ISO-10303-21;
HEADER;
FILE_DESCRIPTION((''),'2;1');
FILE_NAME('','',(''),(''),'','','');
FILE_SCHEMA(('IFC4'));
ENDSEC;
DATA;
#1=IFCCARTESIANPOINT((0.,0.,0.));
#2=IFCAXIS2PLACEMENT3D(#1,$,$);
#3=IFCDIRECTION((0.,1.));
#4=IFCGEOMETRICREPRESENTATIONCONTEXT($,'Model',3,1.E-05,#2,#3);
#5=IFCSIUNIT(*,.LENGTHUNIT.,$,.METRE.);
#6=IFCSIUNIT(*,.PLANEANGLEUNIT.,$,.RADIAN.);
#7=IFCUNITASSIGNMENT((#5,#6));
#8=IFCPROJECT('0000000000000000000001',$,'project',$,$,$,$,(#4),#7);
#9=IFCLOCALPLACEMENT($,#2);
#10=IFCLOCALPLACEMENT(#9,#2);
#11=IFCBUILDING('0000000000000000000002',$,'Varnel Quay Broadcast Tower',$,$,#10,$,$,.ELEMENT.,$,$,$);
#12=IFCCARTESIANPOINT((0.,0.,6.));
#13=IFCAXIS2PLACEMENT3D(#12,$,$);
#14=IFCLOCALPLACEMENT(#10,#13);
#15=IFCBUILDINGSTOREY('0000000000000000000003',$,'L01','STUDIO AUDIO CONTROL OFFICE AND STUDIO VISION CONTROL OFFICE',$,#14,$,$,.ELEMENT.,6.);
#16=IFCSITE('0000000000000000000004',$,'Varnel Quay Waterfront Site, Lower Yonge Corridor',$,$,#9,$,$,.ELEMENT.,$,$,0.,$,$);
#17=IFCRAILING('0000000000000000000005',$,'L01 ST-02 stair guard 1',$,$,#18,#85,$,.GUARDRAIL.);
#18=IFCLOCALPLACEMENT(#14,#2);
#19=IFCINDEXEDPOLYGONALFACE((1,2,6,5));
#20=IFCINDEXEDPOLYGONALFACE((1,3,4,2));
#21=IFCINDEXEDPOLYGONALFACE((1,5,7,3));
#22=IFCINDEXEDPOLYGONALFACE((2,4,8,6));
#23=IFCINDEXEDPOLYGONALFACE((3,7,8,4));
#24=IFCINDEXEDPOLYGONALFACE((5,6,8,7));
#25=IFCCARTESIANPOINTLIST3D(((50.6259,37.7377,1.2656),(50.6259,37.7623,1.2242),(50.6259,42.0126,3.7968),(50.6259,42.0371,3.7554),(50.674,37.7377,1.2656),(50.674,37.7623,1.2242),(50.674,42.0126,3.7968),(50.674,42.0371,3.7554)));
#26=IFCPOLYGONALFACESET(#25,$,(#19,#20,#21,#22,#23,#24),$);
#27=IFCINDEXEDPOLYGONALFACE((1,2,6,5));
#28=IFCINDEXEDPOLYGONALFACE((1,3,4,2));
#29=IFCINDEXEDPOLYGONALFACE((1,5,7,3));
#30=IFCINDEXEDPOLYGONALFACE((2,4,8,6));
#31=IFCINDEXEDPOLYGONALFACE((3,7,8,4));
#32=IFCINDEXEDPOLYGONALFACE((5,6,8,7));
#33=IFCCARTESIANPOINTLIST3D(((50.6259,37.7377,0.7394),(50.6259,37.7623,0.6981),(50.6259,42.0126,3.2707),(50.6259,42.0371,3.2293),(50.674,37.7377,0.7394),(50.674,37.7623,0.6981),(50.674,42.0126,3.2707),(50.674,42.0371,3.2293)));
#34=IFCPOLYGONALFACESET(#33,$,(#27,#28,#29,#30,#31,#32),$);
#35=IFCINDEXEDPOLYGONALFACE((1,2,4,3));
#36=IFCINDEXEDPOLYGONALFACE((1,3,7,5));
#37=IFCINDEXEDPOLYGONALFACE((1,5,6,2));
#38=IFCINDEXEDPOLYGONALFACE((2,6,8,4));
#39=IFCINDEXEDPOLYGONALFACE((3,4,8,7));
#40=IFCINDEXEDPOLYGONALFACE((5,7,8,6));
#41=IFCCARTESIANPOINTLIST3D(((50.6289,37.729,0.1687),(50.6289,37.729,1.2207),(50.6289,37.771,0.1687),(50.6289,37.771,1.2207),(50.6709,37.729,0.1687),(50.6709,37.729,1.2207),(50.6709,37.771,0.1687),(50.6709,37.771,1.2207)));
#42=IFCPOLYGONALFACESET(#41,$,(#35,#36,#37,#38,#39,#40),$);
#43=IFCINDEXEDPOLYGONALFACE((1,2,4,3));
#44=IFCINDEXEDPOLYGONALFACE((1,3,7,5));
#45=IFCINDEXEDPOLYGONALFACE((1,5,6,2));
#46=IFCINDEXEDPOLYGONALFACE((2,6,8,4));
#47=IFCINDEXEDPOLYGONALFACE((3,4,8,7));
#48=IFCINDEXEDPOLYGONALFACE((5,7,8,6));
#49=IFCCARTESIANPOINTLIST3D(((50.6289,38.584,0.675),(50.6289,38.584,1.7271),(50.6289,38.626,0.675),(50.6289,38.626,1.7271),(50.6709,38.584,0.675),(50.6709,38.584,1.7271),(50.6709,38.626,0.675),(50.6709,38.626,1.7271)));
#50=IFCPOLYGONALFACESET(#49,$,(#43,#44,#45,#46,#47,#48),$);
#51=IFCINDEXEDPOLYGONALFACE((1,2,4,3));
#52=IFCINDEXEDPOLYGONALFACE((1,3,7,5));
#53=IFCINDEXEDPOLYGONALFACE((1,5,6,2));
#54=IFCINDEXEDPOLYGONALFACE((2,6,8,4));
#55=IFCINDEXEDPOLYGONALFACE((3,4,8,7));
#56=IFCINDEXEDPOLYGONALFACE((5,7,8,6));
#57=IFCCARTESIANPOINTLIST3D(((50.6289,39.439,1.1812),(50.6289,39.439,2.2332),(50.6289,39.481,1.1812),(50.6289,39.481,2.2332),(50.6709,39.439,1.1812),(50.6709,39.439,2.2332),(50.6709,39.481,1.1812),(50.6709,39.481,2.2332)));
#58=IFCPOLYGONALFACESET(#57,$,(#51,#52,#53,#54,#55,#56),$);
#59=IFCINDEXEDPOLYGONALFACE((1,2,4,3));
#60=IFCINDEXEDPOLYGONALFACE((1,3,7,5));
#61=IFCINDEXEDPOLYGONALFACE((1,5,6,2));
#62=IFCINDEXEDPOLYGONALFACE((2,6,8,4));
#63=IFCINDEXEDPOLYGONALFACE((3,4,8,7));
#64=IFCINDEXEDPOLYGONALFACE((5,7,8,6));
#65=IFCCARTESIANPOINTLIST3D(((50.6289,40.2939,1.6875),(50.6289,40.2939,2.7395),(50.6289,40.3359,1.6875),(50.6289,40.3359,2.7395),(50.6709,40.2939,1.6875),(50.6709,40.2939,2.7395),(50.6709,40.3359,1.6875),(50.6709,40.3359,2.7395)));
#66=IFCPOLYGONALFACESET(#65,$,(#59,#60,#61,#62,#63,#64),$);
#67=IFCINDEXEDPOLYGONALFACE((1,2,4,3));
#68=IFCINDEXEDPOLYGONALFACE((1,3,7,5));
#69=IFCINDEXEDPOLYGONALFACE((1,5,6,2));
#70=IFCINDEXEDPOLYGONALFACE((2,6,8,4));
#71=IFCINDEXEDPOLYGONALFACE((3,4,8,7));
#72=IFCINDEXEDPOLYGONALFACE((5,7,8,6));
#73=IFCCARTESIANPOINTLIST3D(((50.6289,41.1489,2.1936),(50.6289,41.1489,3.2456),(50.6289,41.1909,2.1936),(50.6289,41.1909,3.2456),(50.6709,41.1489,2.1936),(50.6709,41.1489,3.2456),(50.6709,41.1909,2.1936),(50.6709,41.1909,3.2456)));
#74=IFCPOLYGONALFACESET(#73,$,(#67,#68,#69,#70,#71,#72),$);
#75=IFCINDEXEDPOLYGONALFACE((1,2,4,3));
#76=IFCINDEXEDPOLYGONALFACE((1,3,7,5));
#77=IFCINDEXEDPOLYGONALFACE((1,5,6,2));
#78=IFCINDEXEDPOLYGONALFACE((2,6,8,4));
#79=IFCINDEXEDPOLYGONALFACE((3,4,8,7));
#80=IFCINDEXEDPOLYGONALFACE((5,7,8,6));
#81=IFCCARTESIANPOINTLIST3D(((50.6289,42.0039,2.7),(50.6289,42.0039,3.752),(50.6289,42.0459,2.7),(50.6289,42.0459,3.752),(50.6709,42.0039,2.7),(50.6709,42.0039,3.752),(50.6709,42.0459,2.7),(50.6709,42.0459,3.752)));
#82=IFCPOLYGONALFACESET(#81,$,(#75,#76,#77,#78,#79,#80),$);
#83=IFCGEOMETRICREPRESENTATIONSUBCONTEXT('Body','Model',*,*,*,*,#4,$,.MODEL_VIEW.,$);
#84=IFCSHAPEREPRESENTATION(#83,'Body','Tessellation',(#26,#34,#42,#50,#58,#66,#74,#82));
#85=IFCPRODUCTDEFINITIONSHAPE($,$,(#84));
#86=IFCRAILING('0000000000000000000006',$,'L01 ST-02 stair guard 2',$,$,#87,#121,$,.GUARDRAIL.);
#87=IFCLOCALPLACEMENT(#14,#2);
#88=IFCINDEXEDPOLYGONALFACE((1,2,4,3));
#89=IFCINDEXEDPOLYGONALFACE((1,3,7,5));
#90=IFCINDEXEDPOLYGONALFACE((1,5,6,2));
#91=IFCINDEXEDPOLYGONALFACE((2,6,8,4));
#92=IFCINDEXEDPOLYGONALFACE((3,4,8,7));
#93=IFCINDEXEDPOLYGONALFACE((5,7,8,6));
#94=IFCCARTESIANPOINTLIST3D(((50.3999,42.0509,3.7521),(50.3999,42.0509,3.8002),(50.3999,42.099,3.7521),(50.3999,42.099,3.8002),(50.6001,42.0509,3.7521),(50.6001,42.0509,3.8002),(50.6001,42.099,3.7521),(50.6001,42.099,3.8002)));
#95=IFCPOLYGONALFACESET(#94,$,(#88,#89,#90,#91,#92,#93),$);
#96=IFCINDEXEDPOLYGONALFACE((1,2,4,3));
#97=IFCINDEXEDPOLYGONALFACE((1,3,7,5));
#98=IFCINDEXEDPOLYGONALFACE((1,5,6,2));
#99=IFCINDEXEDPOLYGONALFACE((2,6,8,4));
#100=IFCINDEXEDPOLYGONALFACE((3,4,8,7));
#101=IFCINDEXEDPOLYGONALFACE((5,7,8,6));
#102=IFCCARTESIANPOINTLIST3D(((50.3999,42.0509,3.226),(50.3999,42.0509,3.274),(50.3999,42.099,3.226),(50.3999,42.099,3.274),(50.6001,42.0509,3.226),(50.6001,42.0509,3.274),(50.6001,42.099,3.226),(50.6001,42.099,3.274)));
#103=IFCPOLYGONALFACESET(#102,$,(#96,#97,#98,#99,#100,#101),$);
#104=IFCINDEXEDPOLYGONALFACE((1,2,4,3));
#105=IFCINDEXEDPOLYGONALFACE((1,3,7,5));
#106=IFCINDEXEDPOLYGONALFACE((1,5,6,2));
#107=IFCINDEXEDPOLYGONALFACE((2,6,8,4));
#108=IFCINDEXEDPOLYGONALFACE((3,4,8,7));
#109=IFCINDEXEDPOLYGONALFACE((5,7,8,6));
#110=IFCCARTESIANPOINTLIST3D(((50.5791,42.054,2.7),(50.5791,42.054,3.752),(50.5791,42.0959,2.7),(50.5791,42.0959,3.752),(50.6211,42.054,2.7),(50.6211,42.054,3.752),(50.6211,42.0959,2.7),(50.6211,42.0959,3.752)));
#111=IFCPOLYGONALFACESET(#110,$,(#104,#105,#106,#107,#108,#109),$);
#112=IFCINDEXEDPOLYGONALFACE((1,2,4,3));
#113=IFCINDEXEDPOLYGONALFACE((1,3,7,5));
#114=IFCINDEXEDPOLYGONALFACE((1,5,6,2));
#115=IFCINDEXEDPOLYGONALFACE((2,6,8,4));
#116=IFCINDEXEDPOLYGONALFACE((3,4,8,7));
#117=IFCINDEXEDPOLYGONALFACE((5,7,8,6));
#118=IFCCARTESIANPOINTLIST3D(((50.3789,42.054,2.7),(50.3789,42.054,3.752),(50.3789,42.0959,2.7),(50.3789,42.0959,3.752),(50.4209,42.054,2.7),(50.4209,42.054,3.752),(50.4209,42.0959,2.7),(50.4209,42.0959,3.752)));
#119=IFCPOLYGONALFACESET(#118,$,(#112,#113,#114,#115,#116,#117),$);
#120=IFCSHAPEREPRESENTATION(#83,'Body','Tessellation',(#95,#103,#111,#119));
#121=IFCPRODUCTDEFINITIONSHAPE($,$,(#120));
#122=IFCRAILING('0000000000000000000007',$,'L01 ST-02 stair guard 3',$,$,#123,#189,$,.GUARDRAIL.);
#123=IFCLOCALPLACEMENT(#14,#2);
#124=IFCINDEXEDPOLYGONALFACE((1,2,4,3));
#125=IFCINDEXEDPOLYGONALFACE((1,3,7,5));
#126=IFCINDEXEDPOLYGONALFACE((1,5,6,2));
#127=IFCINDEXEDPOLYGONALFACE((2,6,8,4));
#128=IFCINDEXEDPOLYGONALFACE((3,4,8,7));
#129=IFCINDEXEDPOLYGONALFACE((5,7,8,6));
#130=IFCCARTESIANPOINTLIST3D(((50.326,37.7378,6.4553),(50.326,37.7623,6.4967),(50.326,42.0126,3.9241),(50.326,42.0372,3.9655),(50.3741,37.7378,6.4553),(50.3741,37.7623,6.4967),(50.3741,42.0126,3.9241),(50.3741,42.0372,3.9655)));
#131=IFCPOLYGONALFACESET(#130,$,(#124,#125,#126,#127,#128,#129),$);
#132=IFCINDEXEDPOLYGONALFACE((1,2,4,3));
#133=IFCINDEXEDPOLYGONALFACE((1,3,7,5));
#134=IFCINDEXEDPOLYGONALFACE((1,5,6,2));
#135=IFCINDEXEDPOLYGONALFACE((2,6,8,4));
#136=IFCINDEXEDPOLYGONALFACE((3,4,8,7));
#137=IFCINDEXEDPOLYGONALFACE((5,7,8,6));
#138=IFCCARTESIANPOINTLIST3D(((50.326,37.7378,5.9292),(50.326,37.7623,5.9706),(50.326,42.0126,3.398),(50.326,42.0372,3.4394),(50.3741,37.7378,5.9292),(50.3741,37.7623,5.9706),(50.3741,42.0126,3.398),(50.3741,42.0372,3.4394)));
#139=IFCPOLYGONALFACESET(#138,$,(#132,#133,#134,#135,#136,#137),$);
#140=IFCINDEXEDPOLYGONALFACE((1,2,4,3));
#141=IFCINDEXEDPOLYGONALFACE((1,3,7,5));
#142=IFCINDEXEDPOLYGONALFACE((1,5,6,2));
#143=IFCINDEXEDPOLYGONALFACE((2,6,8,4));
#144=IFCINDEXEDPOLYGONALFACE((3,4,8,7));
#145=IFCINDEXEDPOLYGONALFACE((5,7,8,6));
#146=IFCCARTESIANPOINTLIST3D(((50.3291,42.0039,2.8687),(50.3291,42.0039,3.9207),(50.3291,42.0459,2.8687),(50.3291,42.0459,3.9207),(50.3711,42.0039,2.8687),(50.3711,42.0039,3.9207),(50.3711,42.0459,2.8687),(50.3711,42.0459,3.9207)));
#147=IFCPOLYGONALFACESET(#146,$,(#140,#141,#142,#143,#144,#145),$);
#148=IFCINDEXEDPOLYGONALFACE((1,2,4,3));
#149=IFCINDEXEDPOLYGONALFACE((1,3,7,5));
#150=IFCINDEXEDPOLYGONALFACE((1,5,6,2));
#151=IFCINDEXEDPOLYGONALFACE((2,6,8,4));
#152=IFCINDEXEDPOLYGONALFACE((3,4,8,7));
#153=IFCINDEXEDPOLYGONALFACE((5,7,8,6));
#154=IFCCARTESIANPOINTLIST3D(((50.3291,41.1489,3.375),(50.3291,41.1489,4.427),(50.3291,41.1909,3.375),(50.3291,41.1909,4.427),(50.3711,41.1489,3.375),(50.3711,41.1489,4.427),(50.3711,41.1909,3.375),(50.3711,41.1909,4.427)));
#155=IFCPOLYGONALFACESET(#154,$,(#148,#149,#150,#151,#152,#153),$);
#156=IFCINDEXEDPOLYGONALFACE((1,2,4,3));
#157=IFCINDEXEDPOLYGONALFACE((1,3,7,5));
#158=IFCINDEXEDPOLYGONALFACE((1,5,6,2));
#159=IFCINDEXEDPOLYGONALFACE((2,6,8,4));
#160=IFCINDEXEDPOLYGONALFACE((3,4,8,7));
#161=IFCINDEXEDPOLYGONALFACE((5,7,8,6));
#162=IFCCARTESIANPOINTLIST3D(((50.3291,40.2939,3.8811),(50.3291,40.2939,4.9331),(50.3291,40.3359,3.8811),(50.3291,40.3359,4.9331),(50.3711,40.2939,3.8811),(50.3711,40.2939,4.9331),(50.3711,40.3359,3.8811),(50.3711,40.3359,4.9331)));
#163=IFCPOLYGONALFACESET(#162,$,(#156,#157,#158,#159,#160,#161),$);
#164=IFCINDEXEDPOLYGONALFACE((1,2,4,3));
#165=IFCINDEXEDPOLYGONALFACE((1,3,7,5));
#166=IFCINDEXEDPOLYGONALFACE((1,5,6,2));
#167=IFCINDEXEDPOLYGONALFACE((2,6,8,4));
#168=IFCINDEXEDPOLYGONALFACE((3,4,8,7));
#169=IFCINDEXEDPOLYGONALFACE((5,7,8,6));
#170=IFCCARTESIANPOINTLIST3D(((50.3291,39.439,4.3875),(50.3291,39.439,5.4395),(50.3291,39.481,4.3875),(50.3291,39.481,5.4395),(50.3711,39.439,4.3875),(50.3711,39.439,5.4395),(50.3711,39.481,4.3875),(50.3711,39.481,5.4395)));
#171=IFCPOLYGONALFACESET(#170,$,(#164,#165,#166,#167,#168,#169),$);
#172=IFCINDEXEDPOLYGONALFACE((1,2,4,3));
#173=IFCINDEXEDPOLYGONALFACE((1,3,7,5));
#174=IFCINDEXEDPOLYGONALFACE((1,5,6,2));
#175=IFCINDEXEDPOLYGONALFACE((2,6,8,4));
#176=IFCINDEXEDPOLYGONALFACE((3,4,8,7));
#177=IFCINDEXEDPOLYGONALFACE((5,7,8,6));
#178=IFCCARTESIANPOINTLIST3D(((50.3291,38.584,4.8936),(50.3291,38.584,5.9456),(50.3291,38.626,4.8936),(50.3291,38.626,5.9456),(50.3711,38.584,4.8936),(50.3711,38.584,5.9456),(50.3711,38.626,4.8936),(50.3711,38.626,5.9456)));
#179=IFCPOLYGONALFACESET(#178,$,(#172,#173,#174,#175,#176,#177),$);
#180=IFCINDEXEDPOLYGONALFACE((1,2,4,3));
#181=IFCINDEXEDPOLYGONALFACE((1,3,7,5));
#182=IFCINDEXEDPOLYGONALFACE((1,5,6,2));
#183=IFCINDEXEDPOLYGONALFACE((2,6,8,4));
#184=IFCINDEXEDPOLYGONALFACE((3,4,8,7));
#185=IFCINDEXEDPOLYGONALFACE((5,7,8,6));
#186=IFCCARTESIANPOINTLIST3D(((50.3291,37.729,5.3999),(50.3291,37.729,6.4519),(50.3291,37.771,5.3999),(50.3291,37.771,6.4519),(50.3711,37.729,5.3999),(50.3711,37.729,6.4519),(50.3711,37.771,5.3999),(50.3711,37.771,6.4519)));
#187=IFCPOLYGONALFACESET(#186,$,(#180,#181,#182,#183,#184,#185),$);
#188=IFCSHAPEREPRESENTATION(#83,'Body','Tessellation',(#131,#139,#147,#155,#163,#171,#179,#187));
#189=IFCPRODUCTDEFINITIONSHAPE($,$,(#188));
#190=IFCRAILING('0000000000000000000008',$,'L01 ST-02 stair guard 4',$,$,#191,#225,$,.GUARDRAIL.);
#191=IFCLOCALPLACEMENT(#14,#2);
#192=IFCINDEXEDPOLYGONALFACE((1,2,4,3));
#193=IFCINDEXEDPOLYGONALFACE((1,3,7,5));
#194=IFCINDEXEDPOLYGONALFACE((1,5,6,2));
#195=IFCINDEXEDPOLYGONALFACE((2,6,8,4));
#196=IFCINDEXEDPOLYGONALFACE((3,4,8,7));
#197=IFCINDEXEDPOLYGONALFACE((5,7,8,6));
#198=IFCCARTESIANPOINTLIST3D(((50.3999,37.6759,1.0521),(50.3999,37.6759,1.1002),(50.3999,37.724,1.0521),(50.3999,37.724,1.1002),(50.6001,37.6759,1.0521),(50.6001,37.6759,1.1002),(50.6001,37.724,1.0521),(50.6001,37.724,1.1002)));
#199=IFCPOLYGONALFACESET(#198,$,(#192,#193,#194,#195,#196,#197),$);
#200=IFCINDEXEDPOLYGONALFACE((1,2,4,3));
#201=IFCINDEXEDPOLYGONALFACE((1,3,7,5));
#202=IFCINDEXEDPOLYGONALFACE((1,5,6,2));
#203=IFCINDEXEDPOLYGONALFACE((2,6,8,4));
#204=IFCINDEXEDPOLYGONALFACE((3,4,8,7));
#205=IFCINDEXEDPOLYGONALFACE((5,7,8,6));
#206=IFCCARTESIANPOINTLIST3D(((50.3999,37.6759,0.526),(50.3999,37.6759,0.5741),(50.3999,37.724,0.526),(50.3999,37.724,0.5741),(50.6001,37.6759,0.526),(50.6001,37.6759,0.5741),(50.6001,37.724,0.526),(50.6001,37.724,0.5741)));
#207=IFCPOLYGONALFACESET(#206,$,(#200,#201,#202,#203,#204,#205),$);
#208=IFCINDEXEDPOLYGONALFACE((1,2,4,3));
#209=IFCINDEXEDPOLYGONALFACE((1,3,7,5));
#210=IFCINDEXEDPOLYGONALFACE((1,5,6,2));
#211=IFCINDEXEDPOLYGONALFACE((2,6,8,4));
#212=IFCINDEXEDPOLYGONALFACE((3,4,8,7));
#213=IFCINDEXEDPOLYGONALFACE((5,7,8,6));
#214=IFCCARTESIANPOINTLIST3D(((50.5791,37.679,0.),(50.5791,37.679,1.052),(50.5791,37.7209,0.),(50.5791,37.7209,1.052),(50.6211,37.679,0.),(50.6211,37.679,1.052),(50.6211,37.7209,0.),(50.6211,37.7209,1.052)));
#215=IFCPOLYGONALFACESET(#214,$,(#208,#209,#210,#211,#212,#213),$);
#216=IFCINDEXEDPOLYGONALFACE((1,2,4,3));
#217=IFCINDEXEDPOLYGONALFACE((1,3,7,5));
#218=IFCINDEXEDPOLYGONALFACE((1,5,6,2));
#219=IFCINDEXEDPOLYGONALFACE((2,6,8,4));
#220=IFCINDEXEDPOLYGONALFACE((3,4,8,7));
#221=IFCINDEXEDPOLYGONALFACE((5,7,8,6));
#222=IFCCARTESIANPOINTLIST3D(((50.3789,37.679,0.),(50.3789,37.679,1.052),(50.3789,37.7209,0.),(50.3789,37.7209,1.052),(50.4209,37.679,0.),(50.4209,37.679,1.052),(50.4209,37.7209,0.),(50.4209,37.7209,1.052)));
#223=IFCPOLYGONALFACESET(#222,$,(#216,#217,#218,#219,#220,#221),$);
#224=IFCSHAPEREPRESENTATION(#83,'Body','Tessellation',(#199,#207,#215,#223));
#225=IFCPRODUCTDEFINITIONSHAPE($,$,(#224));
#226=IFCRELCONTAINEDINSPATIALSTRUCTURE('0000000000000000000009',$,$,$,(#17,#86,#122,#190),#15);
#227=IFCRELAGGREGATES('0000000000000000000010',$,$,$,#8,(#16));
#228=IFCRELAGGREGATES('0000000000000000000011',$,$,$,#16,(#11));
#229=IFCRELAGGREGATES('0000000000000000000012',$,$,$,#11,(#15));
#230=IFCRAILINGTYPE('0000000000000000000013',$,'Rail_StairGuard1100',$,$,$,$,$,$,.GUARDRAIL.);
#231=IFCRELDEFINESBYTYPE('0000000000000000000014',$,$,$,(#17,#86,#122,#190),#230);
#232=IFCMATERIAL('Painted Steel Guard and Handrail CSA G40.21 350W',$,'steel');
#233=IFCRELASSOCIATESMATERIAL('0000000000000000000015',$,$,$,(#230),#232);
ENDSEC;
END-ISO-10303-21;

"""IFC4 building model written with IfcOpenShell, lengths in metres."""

from ifc_helpers import new_model, si_unit, direction, frame, origin, origin_2d, place, context, subcontext, project, spatial, rectangle, extrude, material, type_object, element, save


model = new_model("IFC4")

# Units and contexts
model_context = context("Model", 3, precision=1e-05, world=origin(), true_north=direction((0.0, 1.0)))
body_context = subcontext(model_context, "Body", "Model", "MODEL_VIEW")
ifc_project = project(units=[si_unit("LENGTHUNIT", "METRE"), si_unit("PLANEANGLEUNIT", "RADIAN")], contexts=[model_context])

# Site, building, storey
site_placement = place(None, origin())
site = spatial("IfcSite", under=ifc_project, at=site_placement, Name="Varnel Quay Waterfront Site, Lower Yonge Corridor", CompositionType="ELEMENT", RefElevation=0.0)
building_placement = place(site_placement, origin())
building = spatial("IfcBuilding", under=site, at=building_placement, Name="Varnel Quay Broadcast Tower", CompositionType="ELEMENT")
storey_placement = place(building_placement, frame((0.0, 0.0, 6.0)))
storey = spatial("IfcBuildingStorey", under=building, at=storey_placement, Name="L01", Description="STUDIO AUDIO CONTROL OFFICE AND STUDIO VISION CONTROL OFFICE", CompositionType="ELEMENT", Elevation=6.0)

# Railings
ifc_material_1 = material(Name="Painted Steel Guard and Handrail CSA G40.21 350W", Category="steel")
railing_type_1 = type_object("IfcRailingType", Name="Rail_StairGuard1100", PredefinedType="GUARDRAIL", material=ifc_material_1)
railing_1_placement = place(storey_placement, frame((50.6499, 37.75, 0.1687)))
element("IfcRailing", 1, at=railing_1_placement, inside=storey, type_object=railing_type_1, Name="L01 ST-02 stair guard 1", PredefinedType="GUARDRAIL", context=body_context, shape_type="SweptSolid", body=[
    extrude(rectangle(XDim=0.0481, YDim=0.0481, at=origin_2d()), frame((0.0, 0.0, 1.0762), z_axis=(0.0, 0.86047, 0.509501), x_axis=(-1.0, 0.0, 0.0)), (0.0, 0.0, 1.0), 4.968),
    extrude(rectangle(XDim=0.0481, YDim=0.0481, at=origin_2d()), frame((0.0, 0.0, 0.55), z_axis=(0.0, 0.86047, 0.509501), x_axis=(-1.0, 0.0, 0.0)), (0.0, 0.0, 1.0), 4.968),
    extrude(rectangle(XDim=0.042, YDim=0.042, at=origin_2d()), origin(), (0.0, 0.0, 1.0), 1.052),
    extrude(rectangle(XDim=0.042, YDim=0.042, at=origin_2d()), frame((0.0, 0.855, 0.5063)), (0.0, 0.0, 1.0), 1.052),
    extrude(rectangle(XDim=0.042, YDim=0.042, at=origin_2d()), frame((0.0, 1.71, 1.0125)), (0.0, 0.0, 1.0), 1.052),
    extrude(rectangle(XDim=0.042, YDim=0.042, at=origin_2d()), frame((0.0, 2.5649, 1.5188)), (0.0, 0.0, 1.0), 1.052),
    extrude(rectangle(XDim=0.042, YDim=0.042, at=origin_2d()), frame((0.0, 3.4199, 2.0249)), (0.0, 0.0, 1.0), 1.052),
    extrude(rectangle(XDim=0.042, YDim=0.042, at=origin_2d()), frame((0.0, 4.2749, 2.5312)), (0.0, 0.0, 1.0), 1.052),
])
railing_2_placement = place(storey_placement, frame((50.6001, 42.075, 2.7)))
element("IfcRailing", 2, at=railing_2_placement, inside=storey, type_object=railing_type_1, Name="L01 ST-02 stair guard 2", PredefinedType="GUARDRAIL", context=body_context, shape_type="SweptSolid", body=[
    extrude(rectangle(XDim=0.0481, YDim=0.0481, at=origin_2d()), frame((0.0, 0.0, 1.0762), z_axis=(-1.0, 0.0, 0.0), x_axis=(0.0, -1.0, 0.0)), (0.0, 0.0, 1.0), 0.2002),
    extrude(rectangle(XDim=0.0481, YDim=0.0481, at=origin_2d()), frame((0.0, 0.0, 0.55), z_axis=(-1.0, 0.0, 0.0), x_axis=(0.0, -1.0, 0.0)), (0.0, 0.0, 1.0), 0.2002),
    extrude(rectangle(XDim=0.042, YDim=0.042, at=origin_2d()), origin(), (0.0, 0.0, 1.0), 1.052),
    extrude(rectangle(XDim=0.042, YDim=0.042, at=origin_2d()), frame((-0.2002, 0.0, 0.0)), (0.0, 0.0, 1.0), 1.052),
])
railing_3_placement = place(storey_placement, frame((50.3501, 42.0249, 2.8687)))
element("IfcRailing", 3, at=railing_3_placement, inside=storey, type_object=railing_type_1, Name="L01 ST-02 stair guard 3", PredefinedType="GUARDRAIL", context=body_context, shape_type="SweptSolid", body=[
    extrude(rectangle(XDim=0.0481, YDim=0.0481, at=origin_2d()), frame((0.0, 0.0, 1.0762), z_axis=(0.0, -0.86047, 0.509501), x_axis=(1.0, 0.0, 0.0)), (0.0, 0.0, 1.0), 4.968),
    extrude(rectangle(XDim=0.0481, YDim=0.0481, at=origin_2d()), frame((0.0, 0.0, 0.55), z_axis=(0.0, -0.86047, 0.509501), x_axis=(1.0, 0.0, 0.0)), (0.0, 0.0, 1.0), 4.968),
    extrude(rectangle(XDim=0.042, YDim=0.042, at=origin_2d()), origin(), (0.0, 0.0, 1.0), 1.052),
    extrude(rectangle(XDim=0.042, YDim=0.042, at=origin_2d()), frame((0.0, -0.855, 0.5063)), (0.0, 0.0, 1.0), 1.052),
    extrude(rectangle(XDim=0.042, YDim=0.042, at=origin_2d()), frame((0.0, -1.71, 1.0125)), (0.0, 0.0, 1.0), 1.052),
    extrude(rectangle(XDim=0.042, YDim=0.042, at=origin_2d()), frame((0.0, -2.5649, 1.5188)), (0.0, 0.0, 1.0), 1.052),
    extrude(rectangle(XDim=0.042, YDim=0.042, at=origin_2d()), frame((0.0, -3.4199, 2.0249)), (0.0, 0.0, 1.0), 1.052),
    extrude(rectangle(XDim=0.042, YDim=0.042, at=origin_2d()), frame((0.0, -4.2749, 2.5312)), (0.0, 0.0, 1.0), 1.052),
])
railing_4_placement = place(storey_placement, frame((50.6001, 37.7, 0.0)))
element("IfcRailing", 4, at=railing_4_placement, inside=storey, type_object=railing_type_1, Name="L01 ST-02 stair guard 4", PredefinedType="GUARDRAIL", context=body_context, shape_type="SweptSolid", body=[
    extrude(rectangle(XDim=0.0481, YDim=0.0481, at=origin_2d()), frame((0.0, 0.0, 1.0762), z_axis=(-1.0, 0.0, 0.0), x_axis=(0.0, -1.0, 0.0)), (0.0, 0.0, 1.0), 0.2002),
    extrude(rectangle(XDim=0.0481, YDim=0.0481, at=origin_2d()), frame((0.0, 0.0, 0.55), z_axis=(-1.0, 0.0, 0.0), x_axis=(0.0, -1.0, 0.0)), (0.0, 0.0, 1.0), 0.2002),
    extrude(rectangle(XDim=0.042, YDim=0.042, at=origin_2d()), origin(), (0.0, 0.0, 1.0), 1.052),
    extrude(rectangle(XDim=0.042, YDim=0.042, at=origin_2d()), frame((-0.2002, 0.0, 0.0)), (0.0, 0.0, 1.0), 1.052),
])

save(model, "model.ifc")
